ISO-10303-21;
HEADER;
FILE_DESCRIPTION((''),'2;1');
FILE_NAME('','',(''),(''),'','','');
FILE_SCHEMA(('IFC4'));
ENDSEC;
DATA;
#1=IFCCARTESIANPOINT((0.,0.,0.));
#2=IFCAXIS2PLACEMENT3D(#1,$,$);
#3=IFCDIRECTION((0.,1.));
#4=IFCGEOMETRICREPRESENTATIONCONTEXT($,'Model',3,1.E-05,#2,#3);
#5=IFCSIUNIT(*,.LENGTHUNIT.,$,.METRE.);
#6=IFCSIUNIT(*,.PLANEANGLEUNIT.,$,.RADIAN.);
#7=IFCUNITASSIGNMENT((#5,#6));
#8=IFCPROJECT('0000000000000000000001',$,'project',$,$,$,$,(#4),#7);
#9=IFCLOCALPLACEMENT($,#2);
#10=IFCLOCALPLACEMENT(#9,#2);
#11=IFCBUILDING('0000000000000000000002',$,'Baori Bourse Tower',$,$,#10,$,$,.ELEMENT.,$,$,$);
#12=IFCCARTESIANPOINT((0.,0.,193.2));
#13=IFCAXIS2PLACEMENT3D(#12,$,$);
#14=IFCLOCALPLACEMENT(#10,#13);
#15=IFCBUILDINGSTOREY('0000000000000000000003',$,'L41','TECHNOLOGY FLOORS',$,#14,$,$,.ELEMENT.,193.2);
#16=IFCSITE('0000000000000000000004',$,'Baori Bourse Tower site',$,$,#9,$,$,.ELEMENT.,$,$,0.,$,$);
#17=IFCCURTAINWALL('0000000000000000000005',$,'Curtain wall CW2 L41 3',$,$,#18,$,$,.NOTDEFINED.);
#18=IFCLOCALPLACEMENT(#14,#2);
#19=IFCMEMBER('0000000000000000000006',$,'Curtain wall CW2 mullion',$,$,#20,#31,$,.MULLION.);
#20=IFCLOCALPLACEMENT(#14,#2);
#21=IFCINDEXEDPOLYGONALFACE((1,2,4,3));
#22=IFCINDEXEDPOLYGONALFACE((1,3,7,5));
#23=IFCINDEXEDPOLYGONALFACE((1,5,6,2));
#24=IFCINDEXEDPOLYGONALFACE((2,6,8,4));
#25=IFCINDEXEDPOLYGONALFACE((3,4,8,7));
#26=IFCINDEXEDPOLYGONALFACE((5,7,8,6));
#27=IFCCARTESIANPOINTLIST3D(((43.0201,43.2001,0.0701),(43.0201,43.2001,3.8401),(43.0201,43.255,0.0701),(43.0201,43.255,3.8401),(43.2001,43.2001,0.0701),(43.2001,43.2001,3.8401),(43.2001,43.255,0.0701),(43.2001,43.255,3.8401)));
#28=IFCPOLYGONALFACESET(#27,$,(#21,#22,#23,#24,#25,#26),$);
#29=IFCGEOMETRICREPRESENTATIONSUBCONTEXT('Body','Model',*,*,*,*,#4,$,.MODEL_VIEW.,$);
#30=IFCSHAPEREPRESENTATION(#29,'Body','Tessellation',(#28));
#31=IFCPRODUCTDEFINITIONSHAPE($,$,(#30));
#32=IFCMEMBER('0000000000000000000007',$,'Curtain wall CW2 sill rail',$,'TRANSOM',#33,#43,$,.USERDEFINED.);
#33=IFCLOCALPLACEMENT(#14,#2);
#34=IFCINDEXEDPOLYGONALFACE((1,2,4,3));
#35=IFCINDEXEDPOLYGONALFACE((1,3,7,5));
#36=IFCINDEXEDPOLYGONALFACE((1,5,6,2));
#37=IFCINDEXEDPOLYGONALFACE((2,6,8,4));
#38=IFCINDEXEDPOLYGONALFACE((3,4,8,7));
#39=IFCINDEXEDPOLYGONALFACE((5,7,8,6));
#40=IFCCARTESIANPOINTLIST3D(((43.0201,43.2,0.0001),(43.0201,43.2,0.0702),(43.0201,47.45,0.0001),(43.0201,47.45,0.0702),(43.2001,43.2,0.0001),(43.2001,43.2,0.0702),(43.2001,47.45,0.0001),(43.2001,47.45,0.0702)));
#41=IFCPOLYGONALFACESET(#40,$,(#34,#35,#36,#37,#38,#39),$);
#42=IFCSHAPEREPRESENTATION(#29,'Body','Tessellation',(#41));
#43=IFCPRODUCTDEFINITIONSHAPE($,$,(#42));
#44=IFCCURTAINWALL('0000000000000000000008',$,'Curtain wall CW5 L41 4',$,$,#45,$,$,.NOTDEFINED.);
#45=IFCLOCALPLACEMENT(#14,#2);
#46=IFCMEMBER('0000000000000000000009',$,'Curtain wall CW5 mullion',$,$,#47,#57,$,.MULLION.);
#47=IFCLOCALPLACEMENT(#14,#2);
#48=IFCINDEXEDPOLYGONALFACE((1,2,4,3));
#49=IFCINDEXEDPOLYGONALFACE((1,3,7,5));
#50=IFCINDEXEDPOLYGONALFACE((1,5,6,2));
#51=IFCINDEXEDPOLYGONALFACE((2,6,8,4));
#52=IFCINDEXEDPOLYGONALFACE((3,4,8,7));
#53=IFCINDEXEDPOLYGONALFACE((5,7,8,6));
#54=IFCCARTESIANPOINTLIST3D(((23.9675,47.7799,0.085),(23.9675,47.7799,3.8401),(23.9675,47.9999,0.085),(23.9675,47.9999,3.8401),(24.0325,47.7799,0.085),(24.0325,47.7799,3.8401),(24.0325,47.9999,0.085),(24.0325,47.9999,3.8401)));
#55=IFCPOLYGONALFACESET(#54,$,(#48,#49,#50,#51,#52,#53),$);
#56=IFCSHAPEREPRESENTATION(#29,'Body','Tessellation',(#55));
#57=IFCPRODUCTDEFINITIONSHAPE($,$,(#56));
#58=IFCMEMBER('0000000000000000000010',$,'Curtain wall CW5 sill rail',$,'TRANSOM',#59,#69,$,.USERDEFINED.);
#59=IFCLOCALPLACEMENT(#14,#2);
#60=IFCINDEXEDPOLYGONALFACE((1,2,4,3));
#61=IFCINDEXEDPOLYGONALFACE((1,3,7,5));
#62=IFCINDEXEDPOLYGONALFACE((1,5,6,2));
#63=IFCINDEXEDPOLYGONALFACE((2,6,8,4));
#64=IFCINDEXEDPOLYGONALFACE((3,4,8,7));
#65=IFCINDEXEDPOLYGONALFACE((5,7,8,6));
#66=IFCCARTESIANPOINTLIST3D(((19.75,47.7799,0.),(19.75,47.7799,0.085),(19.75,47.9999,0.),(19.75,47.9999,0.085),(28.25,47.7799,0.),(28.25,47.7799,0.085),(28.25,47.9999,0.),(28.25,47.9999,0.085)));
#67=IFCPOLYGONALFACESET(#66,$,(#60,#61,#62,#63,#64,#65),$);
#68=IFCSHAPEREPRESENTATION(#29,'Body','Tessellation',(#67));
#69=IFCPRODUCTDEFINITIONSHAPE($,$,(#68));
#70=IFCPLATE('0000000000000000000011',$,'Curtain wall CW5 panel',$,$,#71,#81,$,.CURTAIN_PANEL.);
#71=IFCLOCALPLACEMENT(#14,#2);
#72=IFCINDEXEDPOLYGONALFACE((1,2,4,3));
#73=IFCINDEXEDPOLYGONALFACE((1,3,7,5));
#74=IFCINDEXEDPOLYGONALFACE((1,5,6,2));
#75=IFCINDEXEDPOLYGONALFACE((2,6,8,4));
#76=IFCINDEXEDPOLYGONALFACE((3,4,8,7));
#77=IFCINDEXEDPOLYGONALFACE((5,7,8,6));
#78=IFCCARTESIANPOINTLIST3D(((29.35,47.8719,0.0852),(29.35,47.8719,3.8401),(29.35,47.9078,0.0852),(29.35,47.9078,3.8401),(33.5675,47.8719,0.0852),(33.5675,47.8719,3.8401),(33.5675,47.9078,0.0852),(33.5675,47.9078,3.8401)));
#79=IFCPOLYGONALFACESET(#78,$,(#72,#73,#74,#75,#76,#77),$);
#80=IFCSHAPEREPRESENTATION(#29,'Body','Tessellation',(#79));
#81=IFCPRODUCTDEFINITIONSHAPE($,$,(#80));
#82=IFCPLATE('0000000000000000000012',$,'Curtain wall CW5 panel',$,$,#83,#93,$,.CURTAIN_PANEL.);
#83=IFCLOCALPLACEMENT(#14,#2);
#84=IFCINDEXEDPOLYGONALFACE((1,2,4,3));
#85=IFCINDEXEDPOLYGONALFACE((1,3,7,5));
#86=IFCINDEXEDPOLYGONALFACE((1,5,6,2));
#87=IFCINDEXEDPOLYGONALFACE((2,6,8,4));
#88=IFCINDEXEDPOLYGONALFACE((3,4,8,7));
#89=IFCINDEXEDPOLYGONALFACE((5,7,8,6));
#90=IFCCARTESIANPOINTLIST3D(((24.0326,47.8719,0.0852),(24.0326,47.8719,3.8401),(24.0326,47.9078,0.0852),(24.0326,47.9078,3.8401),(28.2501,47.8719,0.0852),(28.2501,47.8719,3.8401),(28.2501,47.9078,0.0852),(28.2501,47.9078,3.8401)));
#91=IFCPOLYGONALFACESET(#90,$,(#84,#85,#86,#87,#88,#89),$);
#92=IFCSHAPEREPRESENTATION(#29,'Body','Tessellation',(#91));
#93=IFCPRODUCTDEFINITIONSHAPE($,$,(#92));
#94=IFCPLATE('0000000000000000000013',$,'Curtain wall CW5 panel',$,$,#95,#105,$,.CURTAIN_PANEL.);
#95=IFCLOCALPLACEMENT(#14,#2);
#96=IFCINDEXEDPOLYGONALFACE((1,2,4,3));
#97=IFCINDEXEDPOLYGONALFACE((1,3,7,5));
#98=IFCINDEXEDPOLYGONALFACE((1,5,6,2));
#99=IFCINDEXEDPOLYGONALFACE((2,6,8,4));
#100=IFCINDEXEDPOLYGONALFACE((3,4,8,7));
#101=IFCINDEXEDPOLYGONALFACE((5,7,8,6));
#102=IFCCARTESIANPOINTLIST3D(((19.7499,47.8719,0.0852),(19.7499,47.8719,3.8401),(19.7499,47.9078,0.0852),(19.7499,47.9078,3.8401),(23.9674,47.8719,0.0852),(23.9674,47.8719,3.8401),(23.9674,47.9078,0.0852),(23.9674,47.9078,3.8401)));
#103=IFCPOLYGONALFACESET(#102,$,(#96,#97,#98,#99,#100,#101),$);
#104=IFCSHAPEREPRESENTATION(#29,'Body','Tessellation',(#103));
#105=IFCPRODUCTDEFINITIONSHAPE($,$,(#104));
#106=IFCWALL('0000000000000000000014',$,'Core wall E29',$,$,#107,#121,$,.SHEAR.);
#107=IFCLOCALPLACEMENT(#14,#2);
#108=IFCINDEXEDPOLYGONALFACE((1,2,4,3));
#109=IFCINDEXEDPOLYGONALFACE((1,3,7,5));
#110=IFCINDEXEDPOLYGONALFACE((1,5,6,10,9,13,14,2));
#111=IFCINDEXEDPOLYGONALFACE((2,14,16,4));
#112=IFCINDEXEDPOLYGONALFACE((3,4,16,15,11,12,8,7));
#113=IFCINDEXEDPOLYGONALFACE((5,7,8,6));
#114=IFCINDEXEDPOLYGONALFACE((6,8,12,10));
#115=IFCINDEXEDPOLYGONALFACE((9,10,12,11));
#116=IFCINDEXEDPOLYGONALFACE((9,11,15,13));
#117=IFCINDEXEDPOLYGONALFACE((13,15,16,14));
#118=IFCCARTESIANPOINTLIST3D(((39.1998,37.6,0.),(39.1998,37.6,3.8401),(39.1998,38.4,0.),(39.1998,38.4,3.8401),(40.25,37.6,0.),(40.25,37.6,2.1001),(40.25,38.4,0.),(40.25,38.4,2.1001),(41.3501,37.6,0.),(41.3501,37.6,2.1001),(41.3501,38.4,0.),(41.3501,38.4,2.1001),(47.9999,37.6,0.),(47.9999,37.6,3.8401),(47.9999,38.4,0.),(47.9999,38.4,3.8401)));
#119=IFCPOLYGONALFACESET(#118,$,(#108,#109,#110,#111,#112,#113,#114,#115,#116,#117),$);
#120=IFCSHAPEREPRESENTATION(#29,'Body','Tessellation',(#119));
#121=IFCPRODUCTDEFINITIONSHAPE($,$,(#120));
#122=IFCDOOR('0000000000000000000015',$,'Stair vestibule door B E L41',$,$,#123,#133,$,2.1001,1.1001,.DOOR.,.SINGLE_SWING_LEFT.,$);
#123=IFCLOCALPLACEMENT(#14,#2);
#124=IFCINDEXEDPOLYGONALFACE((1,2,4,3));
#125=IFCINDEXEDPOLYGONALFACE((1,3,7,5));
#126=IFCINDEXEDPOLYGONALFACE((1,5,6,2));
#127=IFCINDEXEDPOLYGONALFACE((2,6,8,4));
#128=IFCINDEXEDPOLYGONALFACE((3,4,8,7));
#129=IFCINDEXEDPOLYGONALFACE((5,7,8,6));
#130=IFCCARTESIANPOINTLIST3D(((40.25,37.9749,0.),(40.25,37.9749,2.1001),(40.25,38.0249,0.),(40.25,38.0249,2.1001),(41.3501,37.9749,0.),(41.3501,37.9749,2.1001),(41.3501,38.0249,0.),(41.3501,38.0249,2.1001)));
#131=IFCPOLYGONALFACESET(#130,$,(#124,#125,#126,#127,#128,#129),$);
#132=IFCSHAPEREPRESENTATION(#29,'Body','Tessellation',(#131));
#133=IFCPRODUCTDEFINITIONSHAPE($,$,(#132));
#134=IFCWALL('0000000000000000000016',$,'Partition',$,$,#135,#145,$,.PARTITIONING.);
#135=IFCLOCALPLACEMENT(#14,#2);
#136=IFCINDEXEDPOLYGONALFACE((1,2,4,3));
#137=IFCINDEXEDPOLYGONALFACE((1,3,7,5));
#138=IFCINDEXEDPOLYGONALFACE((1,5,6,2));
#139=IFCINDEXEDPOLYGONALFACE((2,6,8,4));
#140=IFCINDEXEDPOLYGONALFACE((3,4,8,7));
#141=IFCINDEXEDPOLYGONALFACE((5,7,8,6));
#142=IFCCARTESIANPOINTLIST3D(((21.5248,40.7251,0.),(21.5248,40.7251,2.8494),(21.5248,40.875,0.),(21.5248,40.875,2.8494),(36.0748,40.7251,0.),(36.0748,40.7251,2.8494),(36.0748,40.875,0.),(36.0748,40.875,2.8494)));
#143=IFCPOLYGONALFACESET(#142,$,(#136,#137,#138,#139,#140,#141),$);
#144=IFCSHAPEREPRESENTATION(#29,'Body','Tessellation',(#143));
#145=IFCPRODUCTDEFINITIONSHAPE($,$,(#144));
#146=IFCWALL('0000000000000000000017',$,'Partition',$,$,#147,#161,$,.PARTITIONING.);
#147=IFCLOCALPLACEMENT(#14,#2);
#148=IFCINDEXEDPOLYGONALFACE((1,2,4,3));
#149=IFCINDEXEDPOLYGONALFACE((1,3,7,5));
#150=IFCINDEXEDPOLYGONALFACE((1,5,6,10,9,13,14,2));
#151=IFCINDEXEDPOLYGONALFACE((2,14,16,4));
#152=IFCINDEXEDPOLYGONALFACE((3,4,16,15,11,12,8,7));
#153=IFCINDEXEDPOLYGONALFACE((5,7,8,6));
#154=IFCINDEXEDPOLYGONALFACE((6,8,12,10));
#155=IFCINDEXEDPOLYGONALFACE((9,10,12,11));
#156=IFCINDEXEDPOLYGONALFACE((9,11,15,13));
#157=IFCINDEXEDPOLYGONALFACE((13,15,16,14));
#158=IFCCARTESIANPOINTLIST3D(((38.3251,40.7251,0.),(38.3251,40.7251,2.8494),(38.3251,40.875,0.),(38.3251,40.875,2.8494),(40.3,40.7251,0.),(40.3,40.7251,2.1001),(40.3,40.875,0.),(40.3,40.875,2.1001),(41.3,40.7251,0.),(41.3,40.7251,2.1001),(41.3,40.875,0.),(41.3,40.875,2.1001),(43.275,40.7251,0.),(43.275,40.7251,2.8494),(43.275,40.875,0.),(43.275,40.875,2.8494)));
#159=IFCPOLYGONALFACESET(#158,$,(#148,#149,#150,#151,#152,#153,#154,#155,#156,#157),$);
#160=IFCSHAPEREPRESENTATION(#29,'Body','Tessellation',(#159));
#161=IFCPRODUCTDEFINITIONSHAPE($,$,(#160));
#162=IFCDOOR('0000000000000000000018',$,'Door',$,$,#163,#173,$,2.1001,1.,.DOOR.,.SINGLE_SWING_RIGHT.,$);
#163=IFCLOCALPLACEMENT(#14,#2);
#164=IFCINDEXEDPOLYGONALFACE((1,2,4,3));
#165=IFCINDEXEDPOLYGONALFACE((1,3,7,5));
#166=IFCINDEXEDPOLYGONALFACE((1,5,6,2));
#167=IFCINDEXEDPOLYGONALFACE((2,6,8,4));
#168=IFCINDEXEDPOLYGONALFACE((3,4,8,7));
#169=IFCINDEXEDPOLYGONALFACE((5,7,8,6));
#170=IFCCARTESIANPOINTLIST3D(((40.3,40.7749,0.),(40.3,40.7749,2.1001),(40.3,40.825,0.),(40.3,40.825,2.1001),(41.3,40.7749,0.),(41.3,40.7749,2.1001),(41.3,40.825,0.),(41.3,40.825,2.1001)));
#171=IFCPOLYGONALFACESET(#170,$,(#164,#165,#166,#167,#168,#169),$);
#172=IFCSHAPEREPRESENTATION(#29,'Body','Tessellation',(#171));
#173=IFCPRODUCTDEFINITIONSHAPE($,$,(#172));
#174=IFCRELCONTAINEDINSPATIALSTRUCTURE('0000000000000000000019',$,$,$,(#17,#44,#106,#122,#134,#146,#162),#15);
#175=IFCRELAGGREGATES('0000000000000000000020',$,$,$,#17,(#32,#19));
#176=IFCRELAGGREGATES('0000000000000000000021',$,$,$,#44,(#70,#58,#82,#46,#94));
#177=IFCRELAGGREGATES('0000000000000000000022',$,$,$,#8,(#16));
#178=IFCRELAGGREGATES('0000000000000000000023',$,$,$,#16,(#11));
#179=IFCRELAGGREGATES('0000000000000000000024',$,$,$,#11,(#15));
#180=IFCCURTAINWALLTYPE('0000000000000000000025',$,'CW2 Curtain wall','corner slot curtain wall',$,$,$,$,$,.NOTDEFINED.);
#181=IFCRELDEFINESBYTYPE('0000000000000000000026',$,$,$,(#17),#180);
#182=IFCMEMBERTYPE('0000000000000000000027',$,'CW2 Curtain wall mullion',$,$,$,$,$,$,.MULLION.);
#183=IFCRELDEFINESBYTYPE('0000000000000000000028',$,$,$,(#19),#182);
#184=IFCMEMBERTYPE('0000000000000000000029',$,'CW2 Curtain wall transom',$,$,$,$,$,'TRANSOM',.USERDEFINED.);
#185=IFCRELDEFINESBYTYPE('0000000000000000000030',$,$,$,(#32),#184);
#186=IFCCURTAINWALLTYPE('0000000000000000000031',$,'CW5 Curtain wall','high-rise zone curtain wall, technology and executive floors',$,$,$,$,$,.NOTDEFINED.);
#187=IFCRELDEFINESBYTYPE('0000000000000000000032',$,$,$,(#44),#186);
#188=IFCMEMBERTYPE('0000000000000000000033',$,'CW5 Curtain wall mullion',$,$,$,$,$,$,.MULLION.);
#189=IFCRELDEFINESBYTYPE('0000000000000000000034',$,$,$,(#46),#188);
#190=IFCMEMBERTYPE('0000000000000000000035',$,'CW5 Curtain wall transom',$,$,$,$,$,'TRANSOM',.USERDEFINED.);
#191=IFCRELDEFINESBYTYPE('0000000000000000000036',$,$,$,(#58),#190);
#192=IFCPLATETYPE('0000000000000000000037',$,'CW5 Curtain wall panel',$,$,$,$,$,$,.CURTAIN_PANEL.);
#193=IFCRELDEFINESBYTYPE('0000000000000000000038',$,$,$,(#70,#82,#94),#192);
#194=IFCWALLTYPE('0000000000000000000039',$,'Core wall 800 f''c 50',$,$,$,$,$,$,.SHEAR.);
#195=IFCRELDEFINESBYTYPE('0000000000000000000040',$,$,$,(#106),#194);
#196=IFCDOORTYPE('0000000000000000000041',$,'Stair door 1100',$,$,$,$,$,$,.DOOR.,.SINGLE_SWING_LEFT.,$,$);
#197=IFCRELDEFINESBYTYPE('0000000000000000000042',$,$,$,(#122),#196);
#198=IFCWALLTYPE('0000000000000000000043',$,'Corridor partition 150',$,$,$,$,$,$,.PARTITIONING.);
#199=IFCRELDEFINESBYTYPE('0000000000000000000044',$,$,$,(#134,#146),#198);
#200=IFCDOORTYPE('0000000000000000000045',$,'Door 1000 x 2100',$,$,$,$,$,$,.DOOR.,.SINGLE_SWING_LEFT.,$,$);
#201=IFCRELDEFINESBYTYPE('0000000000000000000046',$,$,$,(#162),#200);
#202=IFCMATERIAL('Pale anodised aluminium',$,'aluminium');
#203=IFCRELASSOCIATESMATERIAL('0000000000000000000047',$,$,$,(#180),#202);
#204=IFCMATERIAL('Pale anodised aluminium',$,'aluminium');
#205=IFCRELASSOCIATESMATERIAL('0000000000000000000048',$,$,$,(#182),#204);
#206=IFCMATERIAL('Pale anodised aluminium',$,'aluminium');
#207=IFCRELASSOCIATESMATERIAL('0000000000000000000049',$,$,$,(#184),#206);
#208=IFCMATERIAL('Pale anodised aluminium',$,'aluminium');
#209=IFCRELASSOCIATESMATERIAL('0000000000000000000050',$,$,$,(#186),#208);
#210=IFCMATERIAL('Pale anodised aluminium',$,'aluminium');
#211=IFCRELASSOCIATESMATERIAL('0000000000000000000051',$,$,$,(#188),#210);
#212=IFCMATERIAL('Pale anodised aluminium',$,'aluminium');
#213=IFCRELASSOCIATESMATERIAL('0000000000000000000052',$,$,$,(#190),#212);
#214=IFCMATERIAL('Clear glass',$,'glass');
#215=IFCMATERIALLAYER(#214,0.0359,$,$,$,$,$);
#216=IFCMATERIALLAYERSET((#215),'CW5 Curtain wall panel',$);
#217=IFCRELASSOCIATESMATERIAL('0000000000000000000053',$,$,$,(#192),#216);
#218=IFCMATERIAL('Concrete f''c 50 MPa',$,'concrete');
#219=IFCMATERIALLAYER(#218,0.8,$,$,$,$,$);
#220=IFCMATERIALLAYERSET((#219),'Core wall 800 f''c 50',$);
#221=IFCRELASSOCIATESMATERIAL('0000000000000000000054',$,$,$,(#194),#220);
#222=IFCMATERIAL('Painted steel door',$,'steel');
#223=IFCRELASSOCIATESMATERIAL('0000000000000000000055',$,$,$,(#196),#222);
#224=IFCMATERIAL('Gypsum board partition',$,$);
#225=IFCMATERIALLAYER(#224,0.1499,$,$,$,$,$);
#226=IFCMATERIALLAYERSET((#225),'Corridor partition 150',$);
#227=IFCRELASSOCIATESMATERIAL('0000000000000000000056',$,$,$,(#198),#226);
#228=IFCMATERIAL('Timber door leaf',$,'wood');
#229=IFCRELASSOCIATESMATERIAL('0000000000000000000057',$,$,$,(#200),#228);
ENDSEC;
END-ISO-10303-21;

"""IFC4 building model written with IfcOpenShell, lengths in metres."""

from ifc_helpers import new_model, si_unit, direction, frame, frame_2d, origin, origin_2d, place, context, subcontext, project, spatial, rectangle, extrude, material, layer, layer_set, material_profile, profile_set, type_object, element, fill, aggregate, save


model = new_model("IFC4")

# Units and contexts
model_context = context("Model", 3, precision=1e-05, world=origin(), true_north=direction((0.0, 1.0)))
body_context = subcontext(model_context, "Body", "Model", "MODEL_VIEW")
ifc_project = project(units=[si_unit("LENGTHUNIT", "METRE"), si_unit("PLANEANGLEUNIT", "RADIAN")], contexts=[model_context])

# Site, building, storey
site_placement = place(None, origin())
site = spatial("IfcSite", under=ifc_project, at=site_placement, Name="Baori Bourse Tower site", CompositionType="ELEMENT", RefElevation=0.0)
building_placement = place(site_placement, origin())
building = spatial("IfcBuilding", under=site, at=building_placement, Name="Baori Bourse Tower", CompositionType="ELEMENT")
storey_placement = place(building_placement, frame((0.0, 0.0, 193.2)))
storey = spatial("IfcBuildingStorey", under=building, at=storey_placement, Name="L41", Description="TECHNOLOGY FLOORS", CompositionType="ELEMENT", Elevation=193.2)

# Curtain wall, members
ifc_material_1 = material(Name="Pale anodised aluminium", Category="aluminium")
curtain_wall_type_1 = type_object("IfcCurtainWallType", Name="CW2 Curtain wall", Description="corner slot curtain wall", PredefinedType="NOTDEFINED", material=ifc_material_1)
curtain_wall_1_placement = place(storey_placement, origin())
curtain_wall_1 = element("IfcCurtainWall", 1, at=curtain_wall_1_placement, inside=storey, type_object=curtain_wall_type_1, Name="Curtain wall CW2 L41 3", PredefinedType="NOTDEFINED")
ifc_material_2 = material(Name="Pale anodised aluminium", Category="aluminium")
ifc_material_profile_1 = material_profile(ifc_material_2, rectangle(XDim=0.1799, YDim=0.0549, at=origin_2d()), Name="Mullion 55x180")
ifc_profile_set_1 = profile_set([ifc_material_profile_1], Name="Pale anodised aluminium")
member_type_1 = type_object("IfcMemberType", Name="CW2 Curtain wall mullion", PredefinedType="MULLION", material=ifc_profile_set_1)
member_1_placement = place(storey_placement, frame((43.1101, 43.2275, 0.0701), z_axis=(0.0, 0.0, 1.0), x_axis=(-1.0, 0.0, 0.0)))
member_1 = element("IfcMember", 2, at=member_1_placement, type_object=member_type_1, Name="Curtain wall CW2 mullion", PredefinedType="MULLION", context=body_context, shape_type="SweptSolid", body=[
    extrude(rectangle(XDim=0.1799, YDim=0.0549, at=origin_2d()), origin(), (0.0, 0.0, 1.0), 3.77),
])
ifc_material_3 = material(Name="Pale anodised aluminium", Category="aluminium")
ifc_material_profile_2 = material_profile(ifc_material_3, rectangle(XDim=0.1799, YDim=0.0701, at=origin_2d()), Name="Transom 70x180")
ifc_profile_set_2 = profile_set([ifc_material_profile_2], Name="Pale anodised aluminium")
member_type_2 = type_object("IfcMemberType", Name="CW2 Curtain wall transom", ElementType="TRANSOM", PredefinedType="USERDEFINED", material=ifc_profile_set_2)
member_2_placement = place(storey_placement, frame((43.1101, 43.2, 0.0352), z_axis=(0.0, 1.0, 0.0), x_axis=(-1.0, 0.0, 0.0)))
member_2 = element("IfcMember", 3, at=member_2_placement, type_object=member_type_2, Name="Curtain wall CW2 sill rail", ObjectType="TRANSOM", PredefinedType="USERDEFINED", context=body_context, shape_type="SweptSolid", body=[
    extrude(rectangle(XDim=0.1799, YDim=0.0701, at=origin_2d()), origin(), (0.0, 0.0, 1.0), 4.25),
])
aggregate(curtain_wall_1, [member_2, member_1])

# Curtain wall, members, plates
ifc_material_4 = material(Name="Pale anodised aluminium", Category="aluminium")
curtain_wall_type_2 = type_object("IfcCurtainWallType", Name="CW5 Curtain wall", Description="high-rise zone curtain wall, technology and executive floors", PredefinedType="NOTDEFINED", material=ifc_material_4)
curtain_wall_2_placement = place(storey_placement, origin())
curtain_wall_2 = element("IfcCurtainWall", 4, at=curtain_wall_2_placement, inside=storey, type_object=curtain_wall_type_2, Name="Curtain wall CW5 L41 4", PredefinedType="NOTDEFINED")
ifc_material_5 = material(Name="Pale anodised aluminium", Category="aluminium")
ifc_material_profile_3 = material_profile(ifc_material_5, rectangle(XDim=0.22, YDim=0.0649, at=origin_2d()), Name="Mullion 65x220")
ifc_profile_set_3 = profile_set([ifc_material_profile_3], Name="Pale anodised aluminium")
member_type_3 = type_object("IfcMemberType", Name="CW5 Curtain wall mullion", PredefinedType="MULLION", material=ifc_profile_set_3)
member_3_placement = place(storey_placement, frame((24.0, 47.8899, 0.085), z_axis=(0.0, 0.0, 1.0), x_axis=(0.0, -1.0, 0.0)))
member_3 = element("IfcMember", 5, at=member_3_placement, type_object=member_type_3, Name="Curtain wall CW5 mullion", PredefinedType="MULLION", context=body_context, shape_type="SweptSolid", body=[
    extrude(rectangle(XDim=0.22, YDim=0.0649, at=origin_2d()), origin(), (0.0, 0.0, 1.0), 3.7551),
])
ifc_material_6 = material(Name="Pale anodised aluminium", Category="aluminium")
ifc_material_profile_4 = material_profile(ifc_material_6, rectangle(XDim=0.22, YDim=0.085, at=origin_2d()), Name="Transom 85x220")
ifc_profile_set_4 = profile_set([ifc_material_profile_4], Name="Pale anodised aluminium")
member_type_4 = type_object("IfcMemberType", Name="CW5 Curtain wall transom", ElementType="TRANSOM", PredefinedType="USERDEFINED", material=ifc_profile_set_4)
member_4_placement = place(storey_placement, frame((28.25, 47.8899, 0.0425), z_axis=(-1.0, 0.0, 0.0), x_axis=(0.0, -1.0, 0.0)))
member_4 = element("IfcMember", 6, at=member_4_placement, type_object=member_type_4, Name="Curtain wall CW5 sill rail", ObjectType="TRANSOM", PredefinedType="USERDEFINED", context=body_context, shape_type="SweptSolid", body=[
    extrude(rectangle(XDim=0.22, YDim=0.085, at=origin_2d()), origin(), (0.0, 0.0, 1.0), 8.5),
])
ifc_material_7 = material(Name="Clear glass", Category="glass")
ifc_layer_1 = layer(ifc_material_7, 0.0359)
ifc_layer_set_1 = layer_set([ifc_layer_1], Name="CW5 Curtain wall panel")
plate_type = type_object("IfcPlateType", Name="CW5 Curtain wall panel", PredefinedType="CURTAIN_PANEL", material=ifc_layer_set_1)
plate_1_placement = place(storey_placement, frame((31.4587, 47.8899, 0.0852), z_axis=(0.0, 0.0, 1.0), x_axis=(-1.0, 0.0, 0.0)))
plate_1 = element("IfcPlate", 7, at=plate_1_placement, type_object=plate_type, Name="Curtain wall CW5 panel", PredefinedType="CURTAIN_PANEL", context=body_context, shape_type="SweptSolid", body=[
    extrude(rectangle(XDim=4.2175, YDim=0.0359, at=origin_2d()), origin(), (0.0, 0.0, 1.0), 3.7549),
])
plate_2_placement = place(storey_placement, frame((26.1414, 47.8899, 0.0852), z_axis=(0.0, 0.0, 1.0), x_axis=(-1.0, 0.0, 0.0)))
plate_2 = element("IfcPlate", 8, at=plate_2_placement, type_object=plate_type, Name="Curtain wall CW5 panel", PredefinedType="CURTAIN_PANEL", context=body_context, shape_type="SweptSolid", body=[
    extrude(rectangle(XDim=4.2175, YDim=0.0359, at=origin_2d()), origin(), (0.0, 0.0, 1.0), 3.7549),
])
plate_3_placement = place(storey_placement, frame((21.8586, 47.8899, 0.0852), z_axis=(0.0, 0.0, 1.0), x_axis=(-1.0, 0.0, 0.0)))
plate_3 = element("IfcPlate", 9, at=plate_3_placement, type_object=plate_type, Name="Curtain wall CW5 panel", PredefinedType="CURTAIN_PANEL", context=body_context, shape_type="SweptSolid", body=[
    extrude(rectangle(XDim=4.2175, YDim=0.0359, at=origin_2d()), origin(), (0.0, 0.0, 1.0), 3.7549),
])
aggregate(curtain_wall_2, [plate_1, member_4, plate_2, member_3, plate_3])

# Wall, opening, door
ifc_material_8 = material(Name="Concrete f'c 50 MPa", Category="concrete")
ifc_layer_2 = layer(ifc_material_8, 0.8)
ifc_layer_set_2 = layer_set([ifc_layer_2], Name="Core wall 800 f'c 50")
wall_type_1 = type_object("IfcWallType", Name="Core wall 800 f'c 50", PredefinedType="SHEAR", material=ifc_layer_set_2)
wall_1_placement = place(storey_placement, frame((39.2, 38.0, 0.0), z_axis=(0.0, 0.0, 1.0), x_axis=(1.0, 0.0, 0.0)))
wall_1 = element("IfcWall", 10, at=wall_1_placement, inside=storey, type_object=wall_type_1, Name="Core wall E29", PredefinedType="SHEAR", context=body_context, shape_type="SweptSolid", body=[
    extrude(rectangle(XDim=8.8, YDim=0.8, at=frame_2d((4.3999, 0.0))), origin(), (0.0, 0.0, 1.0), 3.8401),
])
opening_1_placement = place(wall_1_placement, frame((1.05, 0.0, 0.0)))
opening_1 = element("IfcOpeningElement", 11, at=opening_1_placement, cuts=wall_1, PredefinedType="OPENING", context=body_context, shape_type="SweptSolid", body=[
    extrude(rectangle(XDim=1.1001, YDim=2.1001, at=frame_2d((0.55, 1.05))), frame((0.0, 0.4099, 0.0), z_axis=(0.0, -1.0, 0.0), x_axis=(1.0, 0.0, 0.0)), (0.0, 0.0, 1.0), 0.8201),
])
ifc_material_9 = material(Name="Painted steel door", Category="steel")
door_type_1 = type_object("IfcDoorType", Name="Stair door 1100", OperationType="SINGLE_SWING_LEFT", PredefinedType="DOOR", material=ifc_material_9)
door_1_placement = place(opening_1_placement, origin())
door_1 = element("IfcDoor", 12, at=door_1_placement, inside=storey, type_object=door_type_1, Name="Stair vestibule door B E L41", OperationType="SINGLE_SWING_LEFT", OverallHeight=2.1001, OverallWidth=1.1001, PredefinedType="DOOR", context=body_context, shape_type="SweptSolid", body=[
    extrude(rectangle(XDim=1.1001, YDim=2.1001, at=frame_2d((0.55, 1.05))), frame((0.0, 0.0249, 0.0), z_axis=(0.0, -1.0, 0.0), x_axis=(1.0, 0.0, 0.0)), (0.0, 0.0, 1.0), 0.05),
])
fill(opening_1, door_1)

# Wall
ifc_material_10 = material(Name="Gypsum board partition")
ifc_layer_3 = layer(ifc_material_10, 0.1499)
ifc_layer_set_3 = layer_set([ifc_layer_3], Name="Corridor partition 150")
wall_type_2 = type_object("IfcWallType", Name="Corridor partition 150", PredefinedType="PARTITIONING", material=ifc_layer_set_3)
wall_2_placement = place(storey_placement, frame((21.5249, 40.8, 0.0), z_axis=(0.0, 0.0, 1.0), x_axis=(1.0, 0.0, 0.0)))
element("IfcWall", 13, at=wall_2_placement, inside=storey, type_object=wall_type_2, Name="Partition", PredefinedType="PARTITIONING", context=body_context, shape_type="SweptSolid", body=[
    extrude(rectangle(XDim=14.55, YDim=0.1499, at=frame_2d((7.2749, 0.0))), origin(), (0.0, 0.0, 1.0), 2.8494),
])

# Wall, opening, door
wall_3_placement = place(storey_placement, frame((38.325, 40.8, 0.0), z_axis=(0.0, 0.0, 1.0), x_axis=(1.0, 0.0, 0.0)))
wall_3 = element("IfcWall", 14, at=wall_3_placement, inside=storey, type_object=wall_type_2, Name="Partition", PredefinedType="PARTITIONING", context=body_context, shape_type="SweptSolid", body=[
    extrude(rectangle(XDim=4.95, YDim=0.1499, at=frame_2d((2.4751, 0.0))), origin(), (0.0, 0.0, 1.0), 2.8494),
])
opening_2_placement = place(wall_3_placement, frame((1.9751, 0.0, 0.0)))
opening_2 = element("IfcOpeningElement", 15, at=opening_2_placement, cuts=wall_3, PredefinedType="OPENING", context=body_context, shape_type="SweptSolid", body=[
    extrude(rectangle(XDim=1.0, YDim=2.1001, at=frame_2d((0.5, 1.05))), frame((0.0, 0.085, 0.0), z_axis=(0.0, -1.0, 0.0), x_axis=(1.0, 0.0, 0.0)), (0.0, 0.0, 1.0), 0.1699),
])
ifc_material_11 = material(Name="Timber door leaf", Category="wood")
door_type_2 = type_object("IfcDoorType", Name="Door 1000 x 2100", OperationType="SINGLE_SWING_LEFT", PredefinedType="DOOR", material=ifc_material_11)
door_2_placement = place(opening_2_placement, origin())
door_2 = element("IfcDoor", 16, at=door_2_placement, inside=storey, type_object=door_type_2, Name="Door", OperationType="SINGLE_SWING_RIGHT", OverallHeight=2.1001, OverallWidth=1.0, PredefinedType="DOOR", context=body_context, shape_type="SweptSolid", body=[
    extrude(rectangle(XDim=1.0, YDim=2.1001, at=frame_2d((0.5, 1.05))), frame((0.0, 0.0249, 0.0), z_axis=(0.0, -1.0, 0.0), x_axis=(1.0, 0.0, 0.0)), (0.0, 0.0, 1.0), 0.05),
])
fill(opening_2, door_2)

save(model, "model.ifc")
